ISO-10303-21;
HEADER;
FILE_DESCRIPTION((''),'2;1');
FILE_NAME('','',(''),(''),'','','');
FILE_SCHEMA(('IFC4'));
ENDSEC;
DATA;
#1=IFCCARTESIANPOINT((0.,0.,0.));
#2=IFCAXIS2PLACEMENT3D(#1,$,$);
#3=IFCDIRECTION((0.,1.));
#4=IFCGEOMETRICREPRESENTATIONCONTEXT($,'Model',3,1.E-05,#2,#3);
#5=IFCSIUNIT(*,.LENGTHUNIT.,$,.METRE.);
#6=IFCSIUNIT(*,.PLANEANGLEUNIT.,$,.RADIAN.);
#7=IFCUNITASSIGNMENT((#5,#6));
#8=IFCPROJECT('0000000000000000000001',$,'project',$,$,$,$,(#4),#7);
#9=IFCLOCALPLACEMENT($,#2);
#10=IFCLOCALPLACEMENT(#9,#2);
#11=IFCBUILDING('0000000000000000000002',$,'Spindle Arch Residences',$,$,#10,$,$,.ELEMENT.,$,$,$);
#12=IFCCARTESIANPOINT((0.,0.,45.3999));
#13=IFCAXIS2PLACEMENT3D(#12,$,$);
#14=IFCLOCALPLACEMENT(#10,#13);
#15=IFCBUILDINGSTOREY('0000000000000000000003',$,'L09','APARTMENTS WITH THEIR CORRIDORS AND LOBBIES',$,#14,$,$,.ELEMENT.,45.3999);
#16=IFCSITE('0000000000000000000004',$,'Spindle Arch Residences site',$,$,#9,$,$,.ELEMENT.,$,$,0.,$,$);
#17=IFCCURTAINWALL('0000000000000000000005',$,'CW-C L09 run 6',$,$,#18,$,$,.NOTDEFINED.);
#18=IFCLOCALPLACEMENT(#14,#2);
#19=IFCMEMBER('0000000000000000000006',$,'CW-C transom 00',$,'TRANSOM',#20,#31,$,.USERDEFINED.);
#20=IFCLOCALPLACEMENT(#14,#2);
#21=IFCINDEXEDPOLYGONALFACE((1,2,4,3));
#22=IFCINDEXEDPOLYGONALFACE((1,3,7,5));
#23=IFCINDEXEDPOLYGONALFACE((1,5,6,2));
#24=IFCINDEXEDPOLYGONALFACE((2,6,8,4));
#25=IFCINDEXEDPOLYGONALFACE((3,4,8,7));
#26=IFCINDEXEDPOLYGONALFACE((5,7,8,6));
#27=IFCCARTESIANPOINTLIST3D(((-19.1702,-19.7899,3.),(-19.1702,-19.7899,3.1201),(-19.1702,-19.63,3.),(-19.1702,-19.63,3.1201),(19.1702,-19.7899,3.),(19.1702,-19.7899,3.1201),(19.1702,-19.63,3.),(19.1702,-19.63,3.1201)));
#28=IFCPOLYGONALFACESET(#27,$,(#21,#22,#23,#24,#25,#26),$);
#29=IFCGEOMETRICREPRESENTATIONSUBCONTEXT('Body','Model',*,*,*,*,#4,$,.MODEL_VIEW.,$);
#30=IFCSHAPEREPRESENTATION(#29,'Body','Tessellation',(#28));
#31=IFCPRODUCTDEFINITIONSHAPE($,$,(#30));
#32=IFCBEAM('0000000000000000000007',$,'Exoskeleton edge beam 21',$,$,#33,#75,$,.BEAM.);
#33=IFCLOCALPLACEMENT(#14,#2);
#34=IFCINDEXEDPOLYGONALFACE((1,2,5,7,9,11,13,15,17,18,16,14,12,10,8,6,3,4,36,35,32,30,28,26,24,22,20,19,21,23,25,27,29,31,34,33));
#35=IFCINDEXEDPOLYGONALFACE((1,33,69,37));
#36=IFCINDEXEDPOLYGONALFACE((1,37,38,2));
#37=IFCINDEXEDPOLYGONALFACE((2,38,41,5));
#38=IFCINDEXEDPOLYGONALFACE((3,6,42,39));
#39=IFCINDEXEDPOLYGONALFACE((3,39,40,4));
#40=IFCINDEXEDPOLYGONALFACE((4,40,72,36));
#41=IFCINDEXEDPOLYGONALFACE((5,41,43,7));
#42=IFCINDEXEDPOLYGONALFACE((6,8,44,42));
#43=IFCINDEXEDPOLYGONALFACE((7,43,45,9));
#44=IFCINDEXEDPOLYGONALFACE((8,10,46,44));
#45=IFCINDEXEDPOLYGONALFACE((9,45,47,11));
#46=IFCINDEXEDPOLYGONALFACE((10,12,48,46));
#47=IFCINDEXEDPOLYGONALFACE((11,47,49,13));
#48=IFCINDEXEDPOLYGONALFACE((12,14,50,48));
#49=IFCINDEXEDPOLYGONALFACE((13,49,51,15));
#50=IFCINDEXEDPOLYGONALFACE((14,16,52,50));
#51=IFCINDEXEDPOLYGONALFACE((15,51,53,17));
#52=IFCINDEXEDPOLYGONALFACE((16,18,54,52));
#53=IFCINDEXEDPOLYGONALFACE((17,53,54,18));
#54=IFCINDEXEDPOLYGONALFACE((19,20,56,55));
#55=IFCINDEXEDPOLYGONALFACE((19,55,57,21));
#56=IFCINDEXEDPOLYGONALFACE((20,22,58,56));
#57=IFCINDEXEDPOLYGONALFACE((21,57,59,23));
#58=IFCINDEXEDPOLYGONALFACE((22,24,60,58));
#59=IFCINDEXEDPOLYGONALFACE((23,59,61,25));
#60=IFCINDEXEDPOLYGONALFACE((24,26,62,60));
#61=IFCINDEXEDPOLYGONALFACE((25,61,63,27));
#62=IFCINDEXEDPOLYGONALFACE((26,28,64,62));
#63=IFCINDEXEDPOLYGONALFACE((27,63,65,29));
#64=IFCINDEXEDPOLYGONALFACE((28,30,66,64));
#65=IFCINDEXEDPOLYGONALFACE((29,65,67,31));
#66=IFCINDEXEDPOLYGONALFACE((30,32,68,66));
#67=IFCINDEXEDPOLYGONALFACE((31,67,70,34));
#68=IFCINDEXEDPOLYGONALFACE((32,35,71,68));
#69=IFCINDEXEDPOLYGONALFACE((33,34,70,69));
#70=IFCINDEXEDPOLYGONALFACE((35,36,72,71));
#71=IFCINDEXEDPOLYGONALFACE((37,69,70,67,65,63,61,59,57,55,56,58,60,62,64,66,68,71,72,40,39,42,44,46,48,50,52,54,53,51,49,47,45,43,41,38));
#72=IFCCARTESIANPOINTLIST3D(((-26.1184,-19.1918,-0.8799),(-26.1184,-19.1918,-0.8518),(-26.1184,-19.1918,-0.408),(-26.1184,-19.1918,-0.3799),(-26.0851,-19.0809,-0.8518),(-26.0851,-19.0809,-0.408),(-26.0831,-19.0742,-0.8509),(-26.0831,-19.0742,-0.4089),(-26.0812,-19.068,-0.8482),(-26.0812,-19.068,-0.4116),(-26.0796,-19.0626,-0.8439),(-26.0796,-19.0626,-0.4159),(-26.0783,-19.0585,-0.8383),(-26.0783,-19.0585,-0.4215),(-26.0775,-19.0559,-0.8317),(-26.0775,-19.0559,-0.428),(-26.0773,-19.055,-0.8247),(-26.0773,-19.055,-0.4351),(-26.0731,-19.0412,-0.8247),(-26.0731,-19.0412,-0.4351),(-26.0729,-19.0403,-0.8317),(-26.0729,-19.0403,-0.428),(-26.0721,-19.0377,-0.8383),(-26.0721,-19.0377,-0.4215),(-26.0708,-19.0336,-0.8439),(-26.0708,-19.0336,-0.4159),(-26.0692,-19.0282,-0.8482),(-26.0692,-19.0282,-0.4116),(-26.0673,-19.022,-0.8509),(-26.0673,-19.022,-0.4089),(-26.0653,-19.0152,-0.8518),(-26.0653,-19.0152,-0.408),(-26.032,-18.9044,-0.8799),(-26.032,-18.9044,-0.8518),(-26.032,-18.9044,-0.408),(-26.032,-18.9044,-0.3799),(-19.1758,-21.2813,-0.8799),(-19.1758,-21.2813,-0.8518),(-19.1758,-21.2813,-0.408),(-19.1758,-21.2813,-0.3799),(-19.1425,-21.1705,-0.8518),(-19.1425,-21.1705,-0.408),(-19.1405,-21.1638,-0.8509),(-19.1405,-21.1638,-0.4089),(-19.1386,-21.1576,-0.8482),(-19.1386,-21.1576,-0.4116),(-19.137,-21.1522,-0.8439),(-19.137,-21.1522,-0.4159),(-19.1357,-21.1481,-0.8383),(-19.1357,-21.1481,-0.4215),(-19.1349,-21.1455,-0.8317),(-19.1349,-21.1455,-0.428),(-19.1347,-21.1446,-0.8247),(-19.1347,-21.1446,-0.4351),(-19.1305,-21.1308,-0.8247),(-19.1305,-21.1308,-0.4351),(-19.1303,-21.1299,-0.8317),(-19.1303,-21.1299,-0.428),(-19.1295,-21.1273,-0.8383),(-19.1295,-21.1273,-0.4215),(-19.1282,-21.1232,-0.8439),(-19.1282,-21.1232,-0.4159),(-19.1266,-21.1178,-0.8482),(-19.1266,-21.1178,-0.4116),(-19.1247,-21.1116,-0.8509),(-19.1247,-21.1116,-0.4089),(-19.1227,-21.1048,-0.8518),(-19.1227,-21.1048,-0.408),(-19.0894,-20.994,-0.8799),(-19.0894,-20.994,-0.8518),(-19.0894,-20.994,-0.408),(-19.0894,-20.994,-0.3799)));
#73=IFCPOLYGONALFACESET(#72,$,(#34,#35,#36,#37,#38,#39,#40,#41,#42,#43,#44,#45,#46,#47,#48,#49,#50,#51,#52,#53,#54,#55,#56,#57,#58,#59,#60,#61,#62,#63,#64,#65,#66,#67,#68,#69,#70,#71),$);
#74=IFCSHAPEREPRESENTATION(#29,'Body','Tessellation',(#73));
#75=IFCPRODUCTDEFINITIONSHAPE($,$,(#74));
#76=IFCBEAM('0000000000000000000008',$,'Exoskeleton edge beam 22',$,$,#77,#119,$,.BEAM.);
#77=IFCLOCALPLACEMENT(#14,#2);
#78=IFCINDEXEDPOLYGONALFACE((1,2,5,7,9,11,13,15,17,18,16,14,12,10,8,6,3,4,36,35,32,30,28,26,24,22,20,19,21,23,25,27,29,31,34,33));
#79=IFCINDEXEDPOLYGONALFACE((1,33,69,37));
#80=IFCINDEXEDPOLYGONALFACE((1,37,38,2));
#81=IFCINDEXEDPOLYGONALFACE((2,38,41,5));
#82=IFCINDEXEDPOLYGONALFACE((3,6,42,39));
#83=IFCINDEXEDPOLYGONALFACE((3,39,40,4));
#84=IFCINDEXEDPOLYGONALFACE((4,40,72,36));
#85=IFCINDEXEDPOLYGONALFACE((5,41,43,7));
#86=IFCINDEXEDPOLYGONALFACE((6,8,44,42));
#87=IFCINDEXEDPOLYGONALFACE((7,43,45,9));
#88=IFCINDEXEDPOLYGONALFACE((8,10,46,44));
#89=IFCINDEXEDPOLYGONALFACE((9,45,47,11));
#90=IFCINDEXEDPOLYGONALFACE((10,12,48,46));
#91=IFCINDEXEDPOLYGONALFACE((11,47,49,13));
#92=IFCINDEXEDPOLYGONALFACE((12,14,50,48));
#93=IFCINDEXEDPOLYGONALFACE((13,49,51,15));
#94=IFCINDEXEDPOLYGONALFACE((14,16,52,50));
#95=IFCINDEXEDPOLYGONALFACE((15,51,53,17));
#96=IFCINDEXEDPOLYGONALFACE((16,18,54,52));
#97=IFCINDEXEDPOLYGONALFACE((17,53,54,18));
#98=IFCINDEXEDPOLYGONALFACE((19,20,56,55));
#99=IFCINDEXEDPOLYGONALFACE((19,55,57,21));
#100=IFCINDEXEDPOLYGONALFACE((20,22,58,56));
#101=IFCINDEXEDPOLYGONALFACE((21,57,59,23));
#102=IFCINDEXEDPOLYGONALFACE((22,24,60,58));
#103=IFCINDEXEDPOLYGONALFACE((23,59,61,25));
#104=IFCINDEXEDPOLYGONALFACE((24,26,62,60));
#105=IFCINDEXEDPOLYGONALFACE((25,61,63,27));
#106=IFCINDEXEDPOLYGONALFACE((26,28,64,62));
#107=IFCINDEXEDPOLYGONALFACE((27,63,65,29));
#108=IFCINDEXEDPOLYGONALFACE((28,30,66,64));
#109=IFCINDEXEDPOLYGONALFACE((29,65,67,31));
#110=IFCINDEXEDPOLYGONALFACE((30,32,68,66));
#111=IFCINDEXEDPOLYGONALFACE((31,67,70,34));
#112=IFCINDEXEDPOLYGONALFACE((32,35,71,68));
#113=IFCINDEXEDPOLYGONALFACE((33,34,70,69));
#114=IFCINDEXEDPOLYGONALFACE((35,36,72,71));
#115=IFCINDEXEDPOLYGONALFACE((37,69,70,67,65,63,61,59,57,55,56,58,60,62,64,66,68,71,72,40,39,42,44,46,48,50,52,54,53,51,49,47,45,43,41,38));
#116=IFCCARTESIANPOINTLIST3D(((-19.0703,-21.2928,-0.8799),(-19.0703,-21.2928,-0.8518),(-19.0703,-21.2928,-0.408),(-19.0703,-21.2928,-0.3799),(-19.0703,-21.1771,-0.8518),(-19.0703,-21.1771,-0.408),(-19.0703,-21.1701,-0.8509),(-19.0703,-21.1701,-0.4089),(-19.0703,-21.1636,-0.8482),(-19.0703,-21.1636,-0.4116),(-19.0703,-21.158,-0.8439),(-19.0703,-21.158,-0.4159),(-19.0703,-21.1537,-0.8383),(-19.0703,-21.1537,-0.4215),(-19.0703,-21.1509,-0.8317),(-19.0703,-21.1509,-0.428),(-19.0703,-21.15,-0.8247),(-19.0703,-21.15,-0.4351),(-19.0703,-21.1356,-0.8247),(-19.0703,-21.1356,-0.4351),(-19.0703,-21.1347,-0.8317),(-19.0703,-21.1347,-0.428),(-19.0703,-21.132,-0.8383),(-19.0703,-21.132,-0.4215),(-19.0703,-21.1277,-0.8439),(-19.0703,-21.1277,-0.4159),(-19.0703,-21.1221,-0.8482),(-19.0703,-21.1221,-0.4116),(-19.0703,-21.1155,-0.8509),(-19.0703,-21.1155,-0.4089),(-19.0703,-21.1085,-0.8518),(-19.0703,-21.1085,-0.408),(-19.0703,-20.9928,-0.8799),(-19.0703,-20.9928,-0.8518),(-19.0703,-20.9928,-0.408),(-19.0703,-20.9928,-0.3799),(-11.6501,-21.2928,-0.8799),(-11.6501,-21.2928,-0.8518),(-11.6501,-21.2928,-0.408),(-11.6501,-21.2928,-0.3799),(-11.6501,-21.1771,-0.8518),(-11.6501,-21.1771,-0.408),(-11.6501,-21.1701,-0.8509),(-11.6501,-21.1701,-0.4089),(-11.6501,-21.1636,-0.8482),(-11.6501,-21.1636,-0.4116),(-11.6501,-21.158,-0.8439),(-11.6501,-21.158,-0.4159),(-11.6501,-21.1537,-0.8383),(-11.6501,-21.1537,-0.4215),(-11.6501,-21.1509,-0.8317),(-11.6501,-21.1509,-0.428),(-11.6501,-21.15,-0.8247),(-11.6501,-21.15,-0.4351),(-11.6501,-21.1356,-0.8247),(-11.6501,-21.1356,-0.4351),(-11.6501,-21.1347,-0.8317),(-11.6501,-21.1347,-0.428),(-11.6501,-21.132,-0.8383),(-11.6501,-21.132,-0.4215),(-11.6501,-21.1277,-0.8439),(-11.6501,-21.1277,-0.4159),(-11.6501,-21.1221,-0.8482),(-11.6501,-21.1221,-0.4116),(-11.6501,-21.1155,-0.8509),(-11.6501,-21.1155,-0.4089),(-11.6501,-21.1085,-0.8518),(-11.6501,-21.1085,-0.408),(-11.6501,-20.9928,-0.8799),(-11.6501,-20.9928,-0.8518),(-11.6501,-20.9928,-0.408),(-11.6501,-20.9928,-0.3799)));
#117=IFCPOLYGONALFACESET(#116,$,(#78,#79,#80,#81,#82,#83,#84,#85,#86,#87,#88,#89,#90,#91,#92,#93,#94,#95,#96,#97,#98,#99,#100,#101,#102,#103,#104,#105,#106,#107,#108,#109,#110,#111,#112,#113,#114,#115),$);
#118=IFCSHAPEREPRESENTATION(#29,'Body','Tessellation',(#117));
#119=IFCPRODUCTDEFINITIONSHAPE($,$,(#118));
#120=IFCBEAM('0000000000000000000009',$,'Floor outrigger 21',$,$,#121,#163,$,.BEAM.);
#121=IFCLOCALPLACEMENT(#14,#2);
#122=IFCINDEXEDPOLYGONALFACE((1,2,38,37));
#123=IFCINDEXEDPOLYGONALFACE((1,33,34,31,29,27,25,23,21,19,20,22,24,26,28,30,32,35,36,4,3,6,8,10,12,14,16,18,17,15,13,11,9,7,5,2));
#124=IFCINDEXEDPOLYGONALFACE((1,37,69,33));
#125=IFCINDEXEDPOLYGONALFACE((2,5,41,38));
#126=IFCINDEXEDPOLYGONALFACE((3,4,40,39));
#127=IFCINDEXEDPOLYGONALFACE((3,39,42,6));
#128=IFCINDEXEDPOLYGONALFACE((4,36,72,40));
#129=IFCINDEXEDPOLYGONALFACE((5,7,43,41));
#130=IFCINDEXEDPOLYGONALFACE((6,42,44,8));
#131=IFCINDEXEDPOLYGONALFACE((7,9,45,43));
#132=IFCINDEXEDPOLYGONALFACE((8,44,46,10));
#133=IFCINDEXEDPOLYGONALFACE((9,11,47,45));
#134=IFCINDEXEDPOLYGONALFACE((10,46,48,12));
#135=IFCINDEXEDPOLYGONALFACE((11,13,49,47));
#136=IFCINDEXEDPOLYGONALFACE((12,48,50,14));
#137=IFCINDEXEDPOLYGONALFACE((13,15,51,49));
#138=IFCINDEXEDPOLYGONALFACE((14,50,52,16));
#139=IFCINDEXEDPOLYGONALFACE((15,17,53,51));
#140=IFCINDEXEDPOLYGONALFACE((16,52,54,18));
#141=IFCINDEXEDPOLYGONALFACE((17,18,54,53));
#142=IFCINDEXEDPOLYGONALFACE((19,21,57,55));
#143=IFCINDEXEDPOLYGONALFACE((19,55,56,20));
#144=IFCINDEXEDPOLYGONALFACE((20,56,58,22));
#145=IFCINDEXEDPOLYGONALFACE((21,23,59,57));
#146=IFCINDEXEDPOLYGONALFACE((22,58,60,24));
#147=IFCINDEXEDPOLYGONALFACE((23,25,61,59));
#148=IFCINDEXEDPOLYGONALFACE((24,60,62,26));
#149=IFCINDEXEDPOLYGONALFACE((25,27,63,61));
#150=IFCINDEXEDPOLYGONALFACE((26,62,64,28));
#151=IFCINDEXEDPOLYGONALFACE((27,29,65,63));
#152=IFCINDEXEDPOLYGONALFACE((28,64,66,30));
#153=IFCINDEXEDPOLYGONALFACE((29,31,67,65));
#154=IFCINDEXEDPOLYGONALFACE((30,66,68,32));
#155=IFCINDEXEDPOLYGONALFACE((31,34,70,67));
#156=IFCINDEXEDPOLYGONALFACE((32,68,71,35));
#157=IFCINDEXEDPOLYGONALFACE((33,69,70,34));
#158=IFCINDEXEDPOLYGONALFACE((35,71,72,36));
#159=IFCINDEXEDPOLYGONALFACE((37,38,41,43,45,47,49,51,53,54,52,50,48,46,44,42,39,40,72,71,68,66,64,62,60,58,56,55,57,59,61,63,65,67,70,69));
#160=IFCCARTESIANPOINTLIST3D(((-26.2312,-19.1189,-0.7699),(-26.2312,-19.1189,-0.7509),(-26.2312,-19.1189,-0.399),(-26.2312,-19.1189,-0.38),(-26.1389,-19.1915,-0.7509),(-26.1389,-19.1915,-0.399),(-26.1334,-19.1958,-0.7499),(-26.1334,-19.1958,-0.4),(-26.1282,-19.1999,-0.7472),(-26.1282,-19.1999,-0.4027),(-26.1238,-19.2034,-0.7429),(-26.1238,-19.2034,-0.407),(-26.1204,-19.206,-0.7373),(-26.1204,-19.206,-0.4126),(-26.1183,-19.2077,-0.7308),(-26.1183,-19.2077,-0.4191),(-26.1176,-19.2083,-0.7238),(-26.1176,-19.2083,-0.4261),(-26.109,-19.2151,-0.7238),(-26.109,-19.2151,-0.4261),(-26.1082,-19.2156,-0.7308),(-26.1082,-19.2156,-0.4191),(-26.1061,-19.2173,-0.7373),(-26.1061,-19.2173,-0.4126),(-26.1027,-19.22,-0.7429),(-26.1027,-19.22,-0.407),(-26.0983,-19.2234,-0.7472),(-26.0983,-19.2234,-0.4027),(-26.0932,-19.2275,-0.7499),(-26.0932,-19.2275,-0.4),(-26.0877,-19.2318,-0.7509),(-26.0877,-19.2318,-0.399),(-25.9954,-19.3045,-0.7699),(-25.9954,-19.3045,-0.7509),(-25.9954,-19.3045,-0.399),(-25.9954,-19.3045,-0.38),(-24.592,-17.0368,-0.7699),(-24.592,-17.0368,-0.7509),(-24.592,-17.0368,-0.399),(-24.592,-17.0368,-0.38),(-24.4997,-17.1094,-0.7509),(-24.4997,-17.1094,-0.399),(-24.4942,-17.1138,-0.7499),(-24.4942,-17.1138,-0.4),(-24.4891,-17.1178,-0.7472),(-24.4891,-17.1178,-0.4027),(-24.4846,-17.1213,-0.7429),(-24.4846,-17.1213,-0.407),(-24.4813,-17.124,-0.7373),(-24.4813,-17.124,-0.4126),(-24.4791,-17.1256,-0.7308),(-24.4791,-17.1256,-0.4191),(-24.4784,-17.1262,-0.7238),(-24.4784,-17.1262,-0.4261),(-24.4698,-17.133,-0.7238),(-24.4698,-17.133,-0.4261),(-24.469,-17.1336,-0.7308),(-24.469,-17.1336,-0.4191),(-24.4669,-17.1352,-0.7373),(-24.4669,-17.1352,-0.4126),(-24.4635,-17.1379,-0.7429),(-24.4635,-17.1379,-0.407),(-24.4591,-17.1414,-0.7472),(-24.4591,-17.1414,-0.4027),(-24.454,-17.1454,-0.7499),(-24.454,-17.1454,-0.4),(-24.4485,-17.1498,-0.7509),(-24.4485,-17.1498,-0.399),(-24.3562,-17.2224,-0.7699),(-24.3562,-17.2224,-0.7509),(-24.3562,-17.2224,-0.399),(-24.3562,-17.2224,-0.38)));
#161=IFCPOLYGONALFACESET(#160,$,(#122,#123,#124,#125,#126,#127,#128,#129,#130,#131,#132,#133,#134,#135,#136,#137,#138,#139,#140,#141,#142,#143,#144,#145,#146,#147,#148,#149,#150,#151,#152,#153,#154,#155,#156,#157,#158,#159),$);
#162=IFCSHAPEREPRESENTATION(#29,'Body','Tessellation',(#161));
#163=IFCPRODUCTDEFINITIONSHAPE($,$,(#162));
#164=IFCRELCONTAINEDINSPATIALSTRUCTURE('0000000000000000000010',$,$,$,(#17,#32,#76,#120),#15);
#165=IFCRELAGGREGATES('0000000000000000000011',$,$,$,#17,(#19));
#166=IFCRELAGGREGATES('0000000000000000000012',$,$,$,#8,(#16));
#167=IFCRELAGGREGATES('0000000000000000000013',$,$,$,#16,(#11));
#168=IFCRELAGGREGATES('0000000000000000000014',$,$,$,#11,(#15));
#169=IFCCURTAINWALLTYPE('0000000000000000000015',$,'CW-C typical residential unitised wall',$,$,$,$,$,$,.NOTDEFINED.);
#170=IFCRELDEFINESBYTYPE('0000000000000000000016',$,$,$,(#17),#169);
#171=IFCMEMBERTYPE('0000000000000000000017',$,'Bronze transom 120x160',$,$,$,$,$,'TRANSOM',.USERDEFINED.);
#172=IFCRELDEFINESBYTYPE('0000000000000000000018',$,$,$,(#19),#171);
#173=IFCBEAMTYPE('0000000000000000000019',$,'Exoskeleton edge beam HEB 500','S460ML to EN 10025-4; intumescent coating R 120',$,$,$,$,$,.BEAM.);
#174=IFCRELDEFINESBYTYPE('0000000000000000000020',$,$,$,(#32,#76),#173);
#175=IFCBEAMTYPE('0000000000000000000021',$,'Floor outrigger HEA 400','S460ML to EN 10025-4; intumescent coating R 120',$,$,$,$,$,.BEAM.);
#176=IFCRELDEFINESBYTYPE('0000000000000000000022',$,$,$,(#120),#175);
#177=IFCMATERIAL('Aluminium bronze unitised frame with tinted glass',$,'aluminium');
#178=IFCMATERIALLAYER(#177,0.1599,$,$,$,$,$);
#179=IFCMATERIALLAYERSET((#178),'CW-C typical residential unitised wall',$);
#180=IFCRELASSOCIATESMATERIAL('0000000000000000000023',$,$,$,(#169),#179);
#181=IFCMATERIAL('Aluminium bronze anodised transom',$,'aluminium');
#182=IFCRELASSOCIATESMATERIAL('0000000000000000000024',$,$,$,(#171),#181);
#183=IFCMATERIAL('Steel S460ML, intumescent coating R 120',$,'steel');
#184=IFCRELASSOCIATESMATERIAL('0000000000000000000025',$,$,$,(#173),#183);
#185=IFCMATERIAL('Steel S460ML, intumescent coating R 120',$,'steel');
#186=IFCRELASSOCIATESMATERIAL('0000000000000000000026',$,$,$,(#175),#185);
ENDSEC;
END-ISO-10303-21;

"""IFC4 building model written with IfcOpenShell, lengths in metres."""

from ifc_helpers import new_model, si_unit, direction, frame, origin, origin_2d, place, context, subcontext, project, spatial, rectangle, i_section, extrude, material, layer, layer_set, material_profile, profile_set, type_object, element, aggregate, save


model = new_model("IFC4")

# Units and contexts
model_context = context("Model", 3, precision=1e-05, world=origin(), true_north=direction((0.0, 1.0)))
body_context = subcontext(model_context, "Body", "Model", "MODEL_VIEW")
ifc_project = project(units=[si_unit("LENGTHUNIT", "METRE"), si_unit("PLANEANGLEUNIT", "RADIAN")], contexts=[model_context])

# Site, building, storey
site_placement = place(None, origin())
site = spatial("IfcSite", under=ifc_project, at=site_placement, Name="Spindle Arch Residences site", CompositionType="ELEMENT", RefElevation=0.0)
building_placement = place(site_placement, origin())
building = spatial("IfcBuilding", under=site, at=building_placement, Name="Spindle Arch Residences", CompositionType="ELEMENT")
storey_placement = place(building_placement, frame((0.0, 0.0, 45.3999)))
storey = spatial("IfcBuildingStorey", under=building, at=storey_placement, Name="L09", Description="APARTMENTS WITH THEIR CORRIDORS AND LOBBIES", CompositionType="ELEMENT", Elevation=45.3999)

# Curtain wall
ifc_material_1 = material(Name="Aluminium bronze unitised frame with tinted glass", Category="aluminium")
ifc_layer_1 = layer(ifc_material_1, 0.1599)
ifc_layer_set_1 = layer_set([ifc_layer_1], Name="CW-C typical residential unitised wall")
curtain_wall_type_1 = type_object("IfcCurtainWallType", Name="CW-C typical residential unitised wall", PredefinedType="NOTDEFINED", material=ifc_layer_set_1)
curtain_wall_1_placement = place(storey_placement, origin())
curtain_wall_1 = element("IfcCurtainWall", 1, at=curtain_wall_1_placement, inside=storey, type_object=curtain_wall_type_1, Name="CW-C L09 run 6", PredefinedType="NOTDEFINED")

# Member
ifc_material_2 = material(Name="Aluminium bronze anodised transom", Category="aluminium")
ifc_material_profile_1 = material_profile(ifc_material_2, rectangle(XDim=0.1599, YDim=0.1201, at=origin_2d()), Name="TR 120x160")
ifc_profile_set_1 = profile_set([ifc_material_profile_1], Name="Aluminium bronze anodised transom")
member_type_1 = type_object("IfcMemberType", Name="Bronze transom 120x160", ElementType="TRANSOM", PredefinedType="USERDEFINED", material=ifc_profile_set_1)
member_1_placement = place(storey_placement, frame((-19.1702, -19.71, 3.0601), z_axis=(1.0, 0.0, 0.0), x_axis=(0.0, 1.0, 0.0)))
member_1 = element("IfcMember", 2, at=member_1_placement, type_object=member_type_1, Name="CW-C transom 00", ObjectType="TRANSOM", PredefinedType="USERDEFINED", context=body_context, shape_type="SweptSolid", body=[
    extrude(rectangle(XDim=0.1599, YDim=0.1201, at=origin_2d()), origin(), (0.0, 0.0, 1.0), 38.3403),
])
aggregate(curtain_wall_1, [member_1])

# Beams
ifc_material_3 = material(Name="Steel S460ML, intumescent coating R 120", Category="steel")
ifc_material_profile_2 = material_profile(ifc_material_3, i_section(OverallWidth=0.3, OverallDepth=0.5, WebThickness=0.0144, FlangeThickness=0.0281, FilletRadius=0.0271, at=origin_2d()), Name="HEB 500")
ifc_profile_set_2 = profile_set([ifc_material_profile_2], Name="Steel S460ML, intumescent coating R 120")
beam_type_1 = type_object("IfcBeamType", Name="Exoskeleton edge beam HEB 500", Description="S460ML to EN 10025-4; intumescent coating R 120", PredefinedType="BEAM", material=ifc_profile_set_2)
beam_1_placement = place(storey_placement, frame((-26.0752, -19.0481, -0.6299), z_axis=(0.957567, -0.28821, 0.0), x_axis=(0.28821, 0.957567, 0.0)))
element("IfcBeam", 3, at=beam_1_placement, inside=storey, type_object=beam_type_1, Name="Exoskeleton edge beam 21", PredefinedType="BEAM", context=body_context, shape_type="SweptSolid", body=[
    extrude(i_section(OverallWidth=0.3, OverallDepth=0.5, WebThickness=0.0144, FlangeThickness=0.0281, FilletRadius=0.0271, at=origin_2d()), origin(), (0.0, 0.0, 1.0), 7.2502),
])
beam_2_placement = place(storey_placement, frame((-19.0703, -21.1428, -0.6299), z_axis=(1.0, 0.0, 0.0), x_axis=(0.0, 1.0, 0.0)))
element("IfcBeam", 4, at=beam_2_placement, inside=storey, type_object=beam_type_1, Name="Exoskeleton edge beam 22", PredefinedType="BEAM", context=body_context, shape_type="SweptSolid", body=[
    extrude(i_section(OverallWidth=0.3, OverallDepth=0.5, WebThickness=0.0144, FlangeThickness=0.0281, FilletRadius=0.0271, at=origin_2d()), origin(), (0.0, 0.0, 1.0), 7.4202),
])
ifc_material_4 = material(Name="Steel S460ML, intumescent coating R 120", Category="steel")
ifc_material_profile_3 = material_profile(ifc_material_4, i_section(OverallWidth=0.3, OverallDepth=0.3899, WebThickness=0.011, FlangeThickness=0.019, FilletRadius=0.0271, at=origin_2d()), Name="HEA 400")
ifc_profile_set_3 = profile_set([ifc_material_profile_3], Name="Steel S460ML, intumescent coating R 120")
beam_type_2 = type_object("IfcBeamType", Name="Floor outrigger HEA 400", Description="S460ML to EN 10025-4; intumescent coating R 120", PredefinedType="BEAM", material=ifc_profile_set_3)
beam_3_placement = place(storey_placement, frame((-26.1133, -19.2117, -0.575), z_axis=(0.618586, 0.785717, 0.0), x_axis=(-0.785717, 0.618586, 0.0)))
element("IfcBeam", 5, at=beam_3_placement, inside=storey, type_object=beam_type_2, Name="Floor outrigger 21", PredefinedType="BEAM", context=body_context, shape_type="SweptSolid", body=[
    extrude(i_section(OverallWidth=0.3, OverallDepth=0.3899, WebThickness=0.011, FlangeThickness=0.019, FilletRadius=0.0271, at=origin_2d()), origin(), (0.0, 0.0, 1.0), 2.6499),
])

save(model, "model.ifc")
